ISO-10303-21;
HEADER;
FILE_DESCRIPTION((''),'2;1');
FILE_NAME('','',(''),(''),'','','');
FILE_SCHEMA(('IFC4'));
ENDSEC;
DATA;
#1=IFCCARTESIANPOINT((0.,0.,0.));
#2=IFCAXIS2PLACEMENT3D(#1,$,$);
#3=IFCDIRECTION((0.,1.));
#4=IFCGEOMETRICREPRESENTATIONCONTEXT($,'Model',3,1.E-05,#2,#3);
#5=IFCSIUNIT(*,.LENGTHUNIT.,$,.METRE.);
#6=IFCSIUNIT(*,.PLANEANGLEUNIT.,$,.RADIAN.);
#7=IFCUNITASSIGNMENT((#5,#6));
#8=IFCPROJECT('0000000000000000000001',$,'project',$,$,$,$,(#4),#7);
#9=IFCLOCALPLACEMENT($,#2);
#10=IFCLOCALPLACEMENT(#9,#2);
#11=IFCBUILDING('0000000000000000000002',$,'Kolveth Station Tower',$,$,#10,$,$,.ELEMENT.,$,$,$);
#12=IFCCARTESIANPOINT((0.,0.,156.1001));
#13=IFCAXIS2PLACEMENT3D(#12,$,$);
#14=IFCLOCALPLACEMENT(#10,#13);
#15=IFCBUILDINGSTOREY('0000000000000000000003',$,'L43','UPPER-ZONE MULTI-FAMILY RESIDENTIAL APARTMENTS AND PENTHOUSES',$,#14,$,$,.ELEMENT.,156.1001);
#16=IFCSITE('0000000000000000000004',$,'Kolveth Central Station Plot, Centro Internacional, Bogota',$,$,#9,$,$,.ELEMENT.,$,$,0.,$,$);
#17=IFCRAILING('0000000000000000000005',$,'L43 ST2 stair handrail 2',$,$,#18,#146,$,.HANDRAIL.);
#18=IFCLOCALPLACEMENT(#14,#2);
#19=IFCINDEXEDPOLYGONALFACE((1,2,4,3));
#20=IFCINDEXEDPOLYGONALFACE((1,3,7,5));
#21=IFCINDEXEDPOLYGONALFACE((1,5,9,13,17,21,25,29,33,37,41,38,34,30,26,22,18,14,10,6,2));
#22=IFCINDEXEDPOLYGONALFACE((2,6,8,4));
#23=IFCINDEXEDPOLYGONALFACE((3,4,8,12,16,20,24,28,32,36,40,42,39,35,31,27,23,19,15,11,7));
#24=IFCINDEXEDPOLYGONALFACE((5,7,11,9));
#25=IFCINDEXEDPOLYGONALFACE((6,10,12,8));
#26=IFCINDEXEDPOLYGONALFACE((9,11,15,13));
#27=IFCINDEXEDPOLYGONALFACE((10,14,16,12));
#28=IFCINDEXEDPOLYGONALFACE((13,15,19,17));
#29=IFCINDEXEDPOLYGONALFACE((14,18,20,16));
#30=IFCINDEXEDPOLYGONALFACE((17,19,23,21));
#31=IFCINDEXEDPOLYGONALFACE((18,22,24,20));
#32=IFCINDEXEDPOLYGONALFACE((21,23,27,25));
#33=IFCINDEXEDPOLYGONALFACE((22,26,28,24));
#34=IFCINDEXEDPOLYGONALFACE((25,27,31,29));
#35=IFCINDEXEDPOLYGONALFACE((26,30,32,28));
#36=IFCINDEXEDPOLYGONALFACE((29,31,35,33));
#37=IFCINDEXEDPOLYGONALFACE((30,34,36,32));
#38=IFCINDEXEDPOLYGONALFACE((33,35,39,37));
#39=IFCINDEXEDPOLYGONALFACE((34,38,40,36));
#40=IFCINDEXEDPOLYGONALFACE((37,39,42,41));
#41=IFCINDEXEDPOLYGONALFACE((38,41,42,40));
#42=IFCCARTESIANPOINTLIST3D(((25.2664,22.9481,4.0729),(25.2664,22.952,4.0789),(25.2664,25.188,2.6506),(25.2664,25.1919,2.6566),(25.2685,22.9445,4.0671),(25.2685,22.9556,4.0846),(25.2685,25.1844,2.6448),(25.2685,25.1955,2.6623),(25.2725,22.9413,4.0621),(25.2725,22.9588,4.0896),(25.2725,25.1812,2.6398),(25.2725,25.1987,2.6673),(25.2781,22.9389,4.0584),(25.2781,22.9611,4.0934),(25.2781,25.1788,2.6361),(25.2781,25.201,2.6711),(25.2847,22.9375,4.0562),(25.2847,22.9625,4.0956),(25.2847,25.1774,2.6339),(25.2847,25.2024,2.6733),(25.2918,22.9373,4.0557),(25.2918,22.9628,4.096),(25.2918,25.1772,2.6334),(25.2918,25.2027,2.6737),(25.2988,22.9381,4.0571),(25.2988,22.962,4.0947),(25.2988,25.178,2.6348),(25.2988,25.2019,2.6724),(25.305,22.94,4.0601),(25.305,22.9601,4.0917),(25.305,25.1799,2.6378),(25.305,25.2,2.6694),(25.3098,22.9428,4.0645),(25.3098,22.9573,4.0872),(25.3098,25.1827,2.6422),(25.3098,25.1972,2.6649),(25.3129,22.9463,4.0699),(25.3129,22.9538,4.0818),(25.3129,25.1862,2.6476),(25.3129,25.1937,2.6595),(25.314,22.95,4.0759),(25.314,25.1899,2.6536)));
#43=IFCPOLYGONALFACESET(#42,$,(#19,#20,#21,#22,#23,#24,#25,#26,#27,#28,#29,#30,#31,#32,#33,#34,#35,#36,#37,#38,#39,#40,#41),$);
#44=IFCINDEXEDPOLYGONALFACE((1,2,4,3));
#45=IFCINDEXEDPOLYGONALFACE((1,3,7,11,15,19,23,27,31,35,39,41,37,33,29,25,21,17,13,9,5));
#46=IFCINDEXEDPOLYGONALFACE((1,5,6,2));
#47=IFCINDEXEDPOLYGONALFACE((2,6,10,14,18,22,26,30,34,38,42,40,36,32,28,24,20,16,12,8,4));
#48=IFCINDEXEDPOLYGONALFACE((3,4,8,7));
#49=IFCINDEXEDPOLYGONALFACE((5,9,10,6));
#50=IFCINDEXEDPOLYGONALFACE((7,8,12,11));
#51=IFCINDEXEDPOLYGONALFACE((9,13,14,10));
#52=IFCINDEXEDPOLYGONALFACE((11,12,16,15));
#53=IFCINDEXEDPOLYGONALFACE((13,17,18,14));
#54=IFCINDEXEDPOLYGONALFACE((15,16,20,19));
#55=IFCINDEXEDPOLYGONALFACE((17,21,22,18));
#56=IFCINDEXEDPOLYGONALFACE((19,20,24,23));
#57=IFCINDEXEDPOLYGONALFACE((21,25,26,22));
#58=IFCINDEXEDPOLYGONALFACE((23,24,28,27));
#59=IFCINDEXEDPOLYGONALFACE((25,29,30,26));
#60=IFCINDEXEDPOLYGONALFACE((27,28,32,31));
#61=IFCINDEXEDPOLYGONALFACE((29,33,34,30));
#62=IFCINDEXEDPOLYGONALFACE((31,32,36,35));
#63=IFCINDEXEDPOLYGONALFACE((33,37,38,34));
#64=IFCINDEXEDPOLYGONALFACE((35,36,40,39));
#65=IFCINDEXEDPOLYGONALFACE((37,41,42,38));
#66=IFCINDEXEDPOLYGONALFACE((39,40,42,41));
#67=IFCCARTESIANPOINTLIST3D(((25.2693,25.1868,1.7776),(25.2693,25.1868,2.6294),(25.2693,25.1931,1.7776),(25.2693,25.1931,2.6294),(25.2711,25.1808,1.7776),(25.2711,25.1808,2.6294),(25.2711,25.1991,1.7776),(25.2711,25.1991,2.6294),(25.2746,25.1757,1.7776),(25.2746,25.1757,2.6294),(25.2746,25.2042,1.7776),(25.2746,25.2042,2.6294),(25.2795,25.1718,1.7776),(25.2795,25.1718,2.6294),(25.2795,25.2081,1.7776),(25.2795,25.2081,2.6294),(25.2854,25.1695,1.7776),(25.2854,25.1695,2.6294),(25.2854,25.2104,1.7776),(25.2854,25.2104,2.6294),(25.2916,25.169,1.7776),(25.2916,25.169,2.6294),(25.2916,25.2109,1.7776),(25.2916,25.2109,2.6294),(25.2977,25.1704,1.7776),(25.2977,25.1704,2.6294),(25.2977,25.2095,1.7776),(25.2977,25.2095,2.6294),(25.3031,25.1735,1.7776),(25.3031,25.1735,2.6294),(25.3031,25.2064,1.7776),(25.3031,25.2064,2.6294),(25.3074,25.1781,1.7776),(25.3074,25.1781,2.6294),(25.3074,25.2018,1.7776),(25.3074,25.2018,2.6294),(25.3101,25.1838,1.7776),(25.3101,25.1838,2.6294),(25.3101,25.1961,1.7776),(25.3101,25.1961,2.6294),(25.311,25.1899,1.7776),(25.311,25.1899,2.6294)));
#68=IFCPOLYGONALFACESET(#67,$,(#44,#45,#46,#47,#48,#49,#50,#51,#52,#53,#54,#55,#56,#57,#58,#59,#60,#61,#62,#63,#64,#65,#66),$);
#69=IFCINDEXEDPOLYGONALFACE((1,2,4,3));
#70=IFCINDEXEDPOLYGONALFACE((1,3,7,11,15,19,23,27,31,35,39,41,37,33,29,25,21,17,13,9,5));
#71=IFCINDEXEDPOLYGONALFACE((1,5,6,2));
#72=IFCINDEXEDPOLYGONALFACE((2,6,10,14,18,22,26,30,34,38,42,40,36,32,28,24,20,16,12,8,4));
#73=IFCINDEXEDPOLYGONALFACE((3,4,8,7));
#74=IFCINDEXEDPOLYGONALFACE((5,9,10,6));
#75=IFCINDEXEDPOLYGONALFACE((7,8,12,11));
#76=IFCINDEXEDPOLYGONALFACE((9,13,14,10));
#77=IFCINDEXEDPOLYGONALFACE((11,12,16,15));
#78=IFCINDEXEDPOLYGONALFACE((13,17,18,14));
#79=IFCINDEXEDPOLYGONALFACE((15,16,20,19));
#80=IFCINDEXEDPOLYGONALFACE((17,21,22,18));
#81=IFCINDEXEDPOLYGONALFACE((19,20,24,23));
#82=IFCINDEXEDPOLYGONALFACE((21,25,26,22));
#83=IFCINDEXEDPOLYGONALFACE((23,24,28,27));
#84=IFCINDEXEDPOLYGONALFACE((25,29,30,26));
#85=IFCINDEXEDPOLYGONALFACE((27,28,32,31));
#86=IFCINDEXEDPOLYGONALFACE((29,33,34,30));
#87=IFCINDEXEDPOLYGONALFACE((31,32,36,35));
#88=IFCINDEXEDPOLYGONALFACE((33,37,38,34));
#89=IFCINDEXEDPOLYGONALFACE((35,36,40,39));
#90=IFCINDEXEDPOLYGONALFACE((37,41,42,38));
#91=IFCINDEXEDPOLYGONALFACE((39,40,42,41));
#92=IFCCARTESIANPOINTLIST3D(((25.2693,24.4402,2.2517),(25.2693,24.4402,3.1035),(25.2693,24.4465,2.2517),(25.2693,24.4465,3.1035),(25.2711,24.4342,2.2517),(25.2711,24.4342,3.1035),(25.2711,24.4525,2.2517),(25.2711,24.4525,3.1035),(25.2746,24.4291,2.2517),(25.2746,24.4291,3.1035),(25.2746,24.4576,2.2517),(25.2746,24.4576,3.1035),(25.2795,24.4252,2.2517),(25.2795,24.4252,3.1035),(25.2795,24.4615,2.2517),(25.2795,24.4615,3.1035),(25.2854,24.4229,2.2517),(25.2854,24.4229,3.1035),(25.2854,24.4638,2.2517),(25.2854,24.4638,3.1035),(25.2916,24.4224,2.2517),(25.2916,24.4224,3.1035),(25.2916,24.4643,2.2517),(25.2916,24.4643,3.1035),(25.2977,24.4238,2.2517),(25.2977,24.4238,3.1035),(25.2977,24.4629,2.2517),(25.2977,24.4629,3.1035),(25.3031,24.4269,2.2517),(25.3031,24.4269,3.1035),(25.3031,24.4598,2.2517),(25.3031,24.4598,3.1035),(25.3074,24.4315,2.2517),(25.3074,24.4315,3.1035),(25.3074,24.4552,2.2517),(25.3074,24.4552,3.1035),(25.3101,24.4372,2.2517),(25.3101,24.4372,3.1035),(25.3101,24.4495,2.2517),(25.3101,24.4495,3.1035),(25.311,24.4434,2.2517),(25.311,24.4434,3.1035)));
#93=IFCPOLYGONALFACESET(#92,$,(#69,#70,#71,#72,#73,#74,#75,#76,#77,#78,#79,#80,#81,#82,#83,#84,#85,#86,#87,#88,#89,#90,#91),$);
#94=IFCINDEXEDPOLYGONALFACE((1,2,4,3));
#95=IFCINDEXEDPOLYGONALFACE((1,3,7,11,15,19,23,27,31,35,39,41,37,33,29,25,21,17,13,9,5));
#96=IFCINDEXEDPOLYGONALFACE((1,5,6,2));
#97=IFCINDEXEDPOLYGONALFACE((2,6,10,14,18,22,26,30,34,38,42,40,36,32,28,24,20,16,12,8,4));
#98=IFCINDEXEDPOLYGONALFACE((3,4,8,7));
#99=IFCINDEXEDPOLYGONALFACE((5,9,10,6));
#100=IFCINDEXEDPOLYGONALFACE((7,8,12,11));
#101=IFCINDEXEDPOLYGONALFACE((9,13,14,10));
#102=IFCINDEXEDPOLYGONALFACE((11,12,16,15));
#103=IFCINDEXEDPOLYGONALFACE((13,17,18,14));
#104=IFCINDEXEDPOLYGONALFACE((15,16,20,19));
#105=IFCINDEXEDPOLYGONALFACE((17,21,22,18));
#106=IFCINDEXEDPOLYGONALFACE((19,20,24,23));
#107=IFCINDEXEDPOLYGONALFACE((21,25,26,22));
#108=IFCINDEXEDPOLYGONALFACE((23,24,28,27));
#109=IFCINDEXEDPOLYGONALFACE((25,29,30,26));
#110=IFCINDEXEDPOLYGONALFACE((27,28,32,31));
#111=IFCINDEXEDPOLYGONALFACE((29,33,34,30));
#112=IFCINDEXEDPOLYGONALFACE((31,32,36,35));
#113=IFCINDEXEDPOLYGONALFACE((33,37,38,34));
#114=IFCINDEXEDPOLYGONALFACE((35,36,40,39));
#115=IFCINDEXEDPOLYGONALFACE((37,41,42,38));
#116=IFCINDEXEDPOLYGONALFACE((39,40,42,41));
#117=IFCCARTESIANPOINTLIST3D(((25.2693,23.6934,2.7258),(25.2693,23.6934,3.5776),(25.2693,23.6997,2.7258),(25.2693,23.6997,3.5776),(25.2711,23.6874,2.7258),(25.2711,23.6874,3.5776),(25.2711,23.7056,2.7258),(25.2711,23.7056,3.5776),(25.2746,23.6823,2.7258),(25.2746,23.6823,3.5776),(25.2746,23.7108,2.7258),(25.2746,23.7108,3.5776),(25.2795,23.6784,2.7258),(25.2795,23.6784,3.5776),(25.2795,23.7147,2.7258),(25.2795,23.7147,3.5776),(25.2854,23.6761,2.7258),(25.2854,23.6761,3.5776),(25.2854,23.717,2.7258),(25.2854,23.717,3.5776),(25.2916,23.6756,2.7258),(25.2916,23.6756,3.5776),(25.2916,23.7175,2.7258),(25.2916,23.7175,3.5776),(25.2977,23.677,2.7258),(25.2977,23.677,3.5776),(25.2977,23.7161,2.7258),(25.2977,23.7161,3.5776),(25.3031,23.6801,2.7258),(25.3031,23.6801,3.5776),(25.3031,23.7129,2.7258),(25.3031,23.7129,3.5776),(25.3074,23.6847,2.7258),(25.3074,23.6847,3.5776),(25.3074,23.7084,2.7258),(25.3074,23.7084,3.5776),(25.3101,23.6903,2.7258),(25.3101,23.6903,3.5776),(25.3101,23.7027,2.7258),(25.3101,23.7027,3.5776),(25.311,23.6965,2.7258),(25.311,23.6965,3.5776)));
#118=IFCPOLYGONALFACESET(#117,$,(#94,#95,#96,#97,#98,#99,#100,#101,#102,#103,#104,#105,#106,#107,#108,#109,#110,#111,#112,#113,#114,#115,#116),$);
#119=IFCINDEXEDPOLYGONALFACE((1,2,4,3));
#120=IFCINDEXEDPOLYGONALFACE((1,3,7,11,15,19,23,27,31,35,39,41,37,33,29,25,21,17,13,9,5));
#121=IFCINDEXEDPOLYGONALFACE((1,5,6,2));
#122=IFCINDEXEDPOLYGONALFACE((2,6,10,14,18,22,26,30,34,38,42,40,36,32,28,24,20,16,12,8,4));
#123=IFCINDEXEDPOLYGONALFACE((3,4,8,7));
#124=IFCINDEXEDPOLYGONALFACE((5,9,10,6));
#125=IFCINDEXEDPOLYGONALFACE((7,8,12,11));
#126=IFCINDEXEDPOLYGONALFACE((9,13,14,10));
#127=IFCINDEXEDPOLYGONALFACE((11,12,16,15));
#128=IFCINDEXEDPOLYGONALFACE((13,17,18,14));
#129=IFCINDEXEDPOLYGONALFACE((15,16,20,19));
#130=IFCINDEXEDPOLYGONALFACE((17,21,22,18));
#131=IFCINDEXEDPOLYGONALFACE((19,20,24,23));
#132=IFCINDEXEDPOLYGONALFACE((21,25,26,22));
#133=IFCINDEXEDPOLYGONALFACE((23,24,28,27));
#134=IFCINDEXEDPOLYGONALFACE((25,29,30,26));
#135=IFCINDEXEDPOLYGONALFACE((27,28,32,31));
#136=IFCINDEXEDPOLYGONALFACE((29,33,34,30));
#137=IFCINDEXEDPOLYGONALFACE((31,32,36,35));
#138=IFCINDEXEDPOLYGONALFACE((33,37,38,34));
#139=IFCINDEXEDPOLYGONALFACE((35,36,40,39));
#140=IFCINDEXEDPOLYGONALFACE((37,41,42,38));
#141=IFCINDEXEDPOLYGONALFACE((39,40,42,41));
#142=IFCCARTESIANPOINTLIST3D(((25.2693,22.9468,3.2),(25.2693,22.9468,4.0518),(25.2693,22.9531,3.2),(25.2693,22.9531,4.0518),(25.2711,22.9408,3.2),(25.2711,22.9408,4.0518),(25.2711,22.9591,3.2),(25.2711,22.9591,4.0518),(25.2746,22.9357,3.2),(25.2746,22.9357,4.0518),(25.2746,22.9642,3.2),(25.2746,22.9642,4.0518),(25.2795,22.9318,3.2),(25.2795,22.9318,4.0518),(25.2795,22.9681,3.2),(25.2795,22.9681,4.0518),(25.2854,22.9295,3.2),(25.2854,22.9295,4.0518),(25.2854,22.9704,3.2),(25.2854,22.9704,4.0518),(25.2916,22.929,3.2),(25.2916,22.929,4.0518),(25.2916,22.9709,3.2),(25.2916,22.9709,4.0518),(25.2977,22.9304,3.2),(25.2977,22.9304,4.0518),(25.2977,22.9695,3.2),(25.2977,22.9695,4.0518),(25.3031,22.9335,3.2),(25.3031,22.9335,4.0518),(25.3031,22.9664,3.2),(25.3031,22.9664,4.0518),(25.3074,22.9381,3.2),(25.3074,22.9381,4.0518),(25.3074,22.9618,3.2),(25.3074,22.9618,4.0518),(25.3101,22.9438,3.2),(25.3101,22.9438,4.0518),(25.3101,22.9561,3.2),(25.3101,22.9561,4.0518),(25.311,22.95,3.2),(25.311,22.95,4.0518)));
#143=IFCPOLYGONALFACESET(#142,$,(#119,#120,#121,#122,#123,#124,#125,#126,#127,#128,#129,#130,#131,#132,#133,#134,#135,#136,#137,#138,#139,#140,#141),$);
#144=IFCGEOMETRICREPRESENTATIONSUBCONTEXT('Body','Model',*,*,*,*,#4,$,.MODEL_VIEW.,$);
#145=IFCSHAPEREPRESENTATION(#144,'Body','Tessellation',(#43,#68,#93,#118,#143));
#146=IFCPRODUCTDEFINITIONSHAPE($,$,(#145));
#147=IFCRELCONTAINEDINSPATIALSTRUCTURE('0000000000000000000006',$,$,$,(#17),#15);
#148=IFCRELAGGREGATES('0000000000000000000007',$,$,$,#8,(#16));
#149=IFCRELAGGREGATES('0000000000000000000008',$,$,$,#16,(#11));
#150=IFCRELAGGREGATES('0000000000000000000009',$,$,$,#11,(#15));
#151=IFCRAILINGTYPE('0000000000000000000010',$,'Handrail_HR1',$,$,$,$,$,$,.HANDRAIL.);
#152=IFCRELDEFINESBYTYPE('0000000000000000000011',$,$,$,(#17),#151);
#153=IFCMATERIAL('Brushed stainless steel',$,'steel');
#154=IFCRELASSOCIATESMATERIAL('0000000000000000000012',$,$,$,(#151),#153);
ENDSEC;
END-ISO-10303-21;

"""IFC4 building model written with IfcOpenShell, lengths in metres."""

from ifc_helpers import new_model, si_unit, direction, frame, origin, origin_2d, place, context, subcontext, project, spatial, circle, extrude, material, type_object, element, save


model = new_model("IFC4")

# Units and contexts
model_context = context("Model", 3, precision=1e-05, world=origin(), true_north=direction((0.0, 1.0)))
body_context = subcontext(model_context, "Body", "Model", "MODEL_VIEW")
ifc_project = project(units=[si_unit("LENGTHUNIT", "METRE"), si_unit("PLANEANGLEUNIT", "RADIAN")], contexts=[model_context])

# Site, building, storey
site_placement = place(None, origin())
site = spatial("IfcSite", under=ifc_project, at=site_placement, Name="Kolveth Central Station Plot, Centro Internacional, Bogota", CompositionType="ELEMENT", RefElevation=0.0)
building_placement = place(site_placement, origin())
building = spatial("IfcBuilding", under=site, at=building_placement, Name="Kolveth Station Tower", CompositionType="ELEMENT")
storey_placement = place(building_placement, frame((0.0, 0.0, 156.1001)))
storey = spatial("IfcBuildingStorey", under=building, at=storey_placement, Name="L43", Description="UPPER-ZONE MULTI-FAMILY RESIDENTIAL APARTMENTS AND PENTHOUSES", CompositionType="ELEMENT", Elevation=156.1001)

# Railing
ifc_material_1 = material(Name="Brushed stainless steel", Category="steel")
railing_type_1 = type_object("IfcRailingType", Name="Handrail_HR1", PredefinedType="HANDRAIL", material=ifc_material_1)
for number, where, name in (
    (1, (25.29, 25.1899, 1.7776), "L43 ST2 stair handrail 2"),
):
    element("IfcRailing", number, at=place(storey_placement, frame(where)), inside=storey, type_object=railing_type_1, Name=name, PredefinedType="HANDRAIL", context=body_context, shape_type="SweptSolid", body=[
        extrude(circle(Radius=0.0239, at=origin_2d()), frame((0.0, 0.0, 0.876), z_axis=(0.0, -0.844188, 0.536048), x_axis=(1.0, 0.0, 0.0)), (0.0, 0.0, 1.0), 2.6533),
        extrude(circle(Radius=0.021, at=origin_2d()), origin(), (0.0, 0.0, 1.0), 0.8518),
        extrude(circle(Radius=0.021, at=origin_2d()), frame((0.0, -0.7466, 0.4741)), (0.0, 0.0, 1.0), 0.8518),
        extrude(circle(Radius=0.021, at=origin_2d()), frame((0.0, -1.4934, 0.9482)), (0.0, 0.0, 1.0), 0.8518),
        extrude(circle(Radius=0.021, at=origin_2d()), frame((0.0, -2.24, 1.4224)), (0.0, 0.0, 1.0), 0.8518),
    ])

save(model, "model.ifc")
